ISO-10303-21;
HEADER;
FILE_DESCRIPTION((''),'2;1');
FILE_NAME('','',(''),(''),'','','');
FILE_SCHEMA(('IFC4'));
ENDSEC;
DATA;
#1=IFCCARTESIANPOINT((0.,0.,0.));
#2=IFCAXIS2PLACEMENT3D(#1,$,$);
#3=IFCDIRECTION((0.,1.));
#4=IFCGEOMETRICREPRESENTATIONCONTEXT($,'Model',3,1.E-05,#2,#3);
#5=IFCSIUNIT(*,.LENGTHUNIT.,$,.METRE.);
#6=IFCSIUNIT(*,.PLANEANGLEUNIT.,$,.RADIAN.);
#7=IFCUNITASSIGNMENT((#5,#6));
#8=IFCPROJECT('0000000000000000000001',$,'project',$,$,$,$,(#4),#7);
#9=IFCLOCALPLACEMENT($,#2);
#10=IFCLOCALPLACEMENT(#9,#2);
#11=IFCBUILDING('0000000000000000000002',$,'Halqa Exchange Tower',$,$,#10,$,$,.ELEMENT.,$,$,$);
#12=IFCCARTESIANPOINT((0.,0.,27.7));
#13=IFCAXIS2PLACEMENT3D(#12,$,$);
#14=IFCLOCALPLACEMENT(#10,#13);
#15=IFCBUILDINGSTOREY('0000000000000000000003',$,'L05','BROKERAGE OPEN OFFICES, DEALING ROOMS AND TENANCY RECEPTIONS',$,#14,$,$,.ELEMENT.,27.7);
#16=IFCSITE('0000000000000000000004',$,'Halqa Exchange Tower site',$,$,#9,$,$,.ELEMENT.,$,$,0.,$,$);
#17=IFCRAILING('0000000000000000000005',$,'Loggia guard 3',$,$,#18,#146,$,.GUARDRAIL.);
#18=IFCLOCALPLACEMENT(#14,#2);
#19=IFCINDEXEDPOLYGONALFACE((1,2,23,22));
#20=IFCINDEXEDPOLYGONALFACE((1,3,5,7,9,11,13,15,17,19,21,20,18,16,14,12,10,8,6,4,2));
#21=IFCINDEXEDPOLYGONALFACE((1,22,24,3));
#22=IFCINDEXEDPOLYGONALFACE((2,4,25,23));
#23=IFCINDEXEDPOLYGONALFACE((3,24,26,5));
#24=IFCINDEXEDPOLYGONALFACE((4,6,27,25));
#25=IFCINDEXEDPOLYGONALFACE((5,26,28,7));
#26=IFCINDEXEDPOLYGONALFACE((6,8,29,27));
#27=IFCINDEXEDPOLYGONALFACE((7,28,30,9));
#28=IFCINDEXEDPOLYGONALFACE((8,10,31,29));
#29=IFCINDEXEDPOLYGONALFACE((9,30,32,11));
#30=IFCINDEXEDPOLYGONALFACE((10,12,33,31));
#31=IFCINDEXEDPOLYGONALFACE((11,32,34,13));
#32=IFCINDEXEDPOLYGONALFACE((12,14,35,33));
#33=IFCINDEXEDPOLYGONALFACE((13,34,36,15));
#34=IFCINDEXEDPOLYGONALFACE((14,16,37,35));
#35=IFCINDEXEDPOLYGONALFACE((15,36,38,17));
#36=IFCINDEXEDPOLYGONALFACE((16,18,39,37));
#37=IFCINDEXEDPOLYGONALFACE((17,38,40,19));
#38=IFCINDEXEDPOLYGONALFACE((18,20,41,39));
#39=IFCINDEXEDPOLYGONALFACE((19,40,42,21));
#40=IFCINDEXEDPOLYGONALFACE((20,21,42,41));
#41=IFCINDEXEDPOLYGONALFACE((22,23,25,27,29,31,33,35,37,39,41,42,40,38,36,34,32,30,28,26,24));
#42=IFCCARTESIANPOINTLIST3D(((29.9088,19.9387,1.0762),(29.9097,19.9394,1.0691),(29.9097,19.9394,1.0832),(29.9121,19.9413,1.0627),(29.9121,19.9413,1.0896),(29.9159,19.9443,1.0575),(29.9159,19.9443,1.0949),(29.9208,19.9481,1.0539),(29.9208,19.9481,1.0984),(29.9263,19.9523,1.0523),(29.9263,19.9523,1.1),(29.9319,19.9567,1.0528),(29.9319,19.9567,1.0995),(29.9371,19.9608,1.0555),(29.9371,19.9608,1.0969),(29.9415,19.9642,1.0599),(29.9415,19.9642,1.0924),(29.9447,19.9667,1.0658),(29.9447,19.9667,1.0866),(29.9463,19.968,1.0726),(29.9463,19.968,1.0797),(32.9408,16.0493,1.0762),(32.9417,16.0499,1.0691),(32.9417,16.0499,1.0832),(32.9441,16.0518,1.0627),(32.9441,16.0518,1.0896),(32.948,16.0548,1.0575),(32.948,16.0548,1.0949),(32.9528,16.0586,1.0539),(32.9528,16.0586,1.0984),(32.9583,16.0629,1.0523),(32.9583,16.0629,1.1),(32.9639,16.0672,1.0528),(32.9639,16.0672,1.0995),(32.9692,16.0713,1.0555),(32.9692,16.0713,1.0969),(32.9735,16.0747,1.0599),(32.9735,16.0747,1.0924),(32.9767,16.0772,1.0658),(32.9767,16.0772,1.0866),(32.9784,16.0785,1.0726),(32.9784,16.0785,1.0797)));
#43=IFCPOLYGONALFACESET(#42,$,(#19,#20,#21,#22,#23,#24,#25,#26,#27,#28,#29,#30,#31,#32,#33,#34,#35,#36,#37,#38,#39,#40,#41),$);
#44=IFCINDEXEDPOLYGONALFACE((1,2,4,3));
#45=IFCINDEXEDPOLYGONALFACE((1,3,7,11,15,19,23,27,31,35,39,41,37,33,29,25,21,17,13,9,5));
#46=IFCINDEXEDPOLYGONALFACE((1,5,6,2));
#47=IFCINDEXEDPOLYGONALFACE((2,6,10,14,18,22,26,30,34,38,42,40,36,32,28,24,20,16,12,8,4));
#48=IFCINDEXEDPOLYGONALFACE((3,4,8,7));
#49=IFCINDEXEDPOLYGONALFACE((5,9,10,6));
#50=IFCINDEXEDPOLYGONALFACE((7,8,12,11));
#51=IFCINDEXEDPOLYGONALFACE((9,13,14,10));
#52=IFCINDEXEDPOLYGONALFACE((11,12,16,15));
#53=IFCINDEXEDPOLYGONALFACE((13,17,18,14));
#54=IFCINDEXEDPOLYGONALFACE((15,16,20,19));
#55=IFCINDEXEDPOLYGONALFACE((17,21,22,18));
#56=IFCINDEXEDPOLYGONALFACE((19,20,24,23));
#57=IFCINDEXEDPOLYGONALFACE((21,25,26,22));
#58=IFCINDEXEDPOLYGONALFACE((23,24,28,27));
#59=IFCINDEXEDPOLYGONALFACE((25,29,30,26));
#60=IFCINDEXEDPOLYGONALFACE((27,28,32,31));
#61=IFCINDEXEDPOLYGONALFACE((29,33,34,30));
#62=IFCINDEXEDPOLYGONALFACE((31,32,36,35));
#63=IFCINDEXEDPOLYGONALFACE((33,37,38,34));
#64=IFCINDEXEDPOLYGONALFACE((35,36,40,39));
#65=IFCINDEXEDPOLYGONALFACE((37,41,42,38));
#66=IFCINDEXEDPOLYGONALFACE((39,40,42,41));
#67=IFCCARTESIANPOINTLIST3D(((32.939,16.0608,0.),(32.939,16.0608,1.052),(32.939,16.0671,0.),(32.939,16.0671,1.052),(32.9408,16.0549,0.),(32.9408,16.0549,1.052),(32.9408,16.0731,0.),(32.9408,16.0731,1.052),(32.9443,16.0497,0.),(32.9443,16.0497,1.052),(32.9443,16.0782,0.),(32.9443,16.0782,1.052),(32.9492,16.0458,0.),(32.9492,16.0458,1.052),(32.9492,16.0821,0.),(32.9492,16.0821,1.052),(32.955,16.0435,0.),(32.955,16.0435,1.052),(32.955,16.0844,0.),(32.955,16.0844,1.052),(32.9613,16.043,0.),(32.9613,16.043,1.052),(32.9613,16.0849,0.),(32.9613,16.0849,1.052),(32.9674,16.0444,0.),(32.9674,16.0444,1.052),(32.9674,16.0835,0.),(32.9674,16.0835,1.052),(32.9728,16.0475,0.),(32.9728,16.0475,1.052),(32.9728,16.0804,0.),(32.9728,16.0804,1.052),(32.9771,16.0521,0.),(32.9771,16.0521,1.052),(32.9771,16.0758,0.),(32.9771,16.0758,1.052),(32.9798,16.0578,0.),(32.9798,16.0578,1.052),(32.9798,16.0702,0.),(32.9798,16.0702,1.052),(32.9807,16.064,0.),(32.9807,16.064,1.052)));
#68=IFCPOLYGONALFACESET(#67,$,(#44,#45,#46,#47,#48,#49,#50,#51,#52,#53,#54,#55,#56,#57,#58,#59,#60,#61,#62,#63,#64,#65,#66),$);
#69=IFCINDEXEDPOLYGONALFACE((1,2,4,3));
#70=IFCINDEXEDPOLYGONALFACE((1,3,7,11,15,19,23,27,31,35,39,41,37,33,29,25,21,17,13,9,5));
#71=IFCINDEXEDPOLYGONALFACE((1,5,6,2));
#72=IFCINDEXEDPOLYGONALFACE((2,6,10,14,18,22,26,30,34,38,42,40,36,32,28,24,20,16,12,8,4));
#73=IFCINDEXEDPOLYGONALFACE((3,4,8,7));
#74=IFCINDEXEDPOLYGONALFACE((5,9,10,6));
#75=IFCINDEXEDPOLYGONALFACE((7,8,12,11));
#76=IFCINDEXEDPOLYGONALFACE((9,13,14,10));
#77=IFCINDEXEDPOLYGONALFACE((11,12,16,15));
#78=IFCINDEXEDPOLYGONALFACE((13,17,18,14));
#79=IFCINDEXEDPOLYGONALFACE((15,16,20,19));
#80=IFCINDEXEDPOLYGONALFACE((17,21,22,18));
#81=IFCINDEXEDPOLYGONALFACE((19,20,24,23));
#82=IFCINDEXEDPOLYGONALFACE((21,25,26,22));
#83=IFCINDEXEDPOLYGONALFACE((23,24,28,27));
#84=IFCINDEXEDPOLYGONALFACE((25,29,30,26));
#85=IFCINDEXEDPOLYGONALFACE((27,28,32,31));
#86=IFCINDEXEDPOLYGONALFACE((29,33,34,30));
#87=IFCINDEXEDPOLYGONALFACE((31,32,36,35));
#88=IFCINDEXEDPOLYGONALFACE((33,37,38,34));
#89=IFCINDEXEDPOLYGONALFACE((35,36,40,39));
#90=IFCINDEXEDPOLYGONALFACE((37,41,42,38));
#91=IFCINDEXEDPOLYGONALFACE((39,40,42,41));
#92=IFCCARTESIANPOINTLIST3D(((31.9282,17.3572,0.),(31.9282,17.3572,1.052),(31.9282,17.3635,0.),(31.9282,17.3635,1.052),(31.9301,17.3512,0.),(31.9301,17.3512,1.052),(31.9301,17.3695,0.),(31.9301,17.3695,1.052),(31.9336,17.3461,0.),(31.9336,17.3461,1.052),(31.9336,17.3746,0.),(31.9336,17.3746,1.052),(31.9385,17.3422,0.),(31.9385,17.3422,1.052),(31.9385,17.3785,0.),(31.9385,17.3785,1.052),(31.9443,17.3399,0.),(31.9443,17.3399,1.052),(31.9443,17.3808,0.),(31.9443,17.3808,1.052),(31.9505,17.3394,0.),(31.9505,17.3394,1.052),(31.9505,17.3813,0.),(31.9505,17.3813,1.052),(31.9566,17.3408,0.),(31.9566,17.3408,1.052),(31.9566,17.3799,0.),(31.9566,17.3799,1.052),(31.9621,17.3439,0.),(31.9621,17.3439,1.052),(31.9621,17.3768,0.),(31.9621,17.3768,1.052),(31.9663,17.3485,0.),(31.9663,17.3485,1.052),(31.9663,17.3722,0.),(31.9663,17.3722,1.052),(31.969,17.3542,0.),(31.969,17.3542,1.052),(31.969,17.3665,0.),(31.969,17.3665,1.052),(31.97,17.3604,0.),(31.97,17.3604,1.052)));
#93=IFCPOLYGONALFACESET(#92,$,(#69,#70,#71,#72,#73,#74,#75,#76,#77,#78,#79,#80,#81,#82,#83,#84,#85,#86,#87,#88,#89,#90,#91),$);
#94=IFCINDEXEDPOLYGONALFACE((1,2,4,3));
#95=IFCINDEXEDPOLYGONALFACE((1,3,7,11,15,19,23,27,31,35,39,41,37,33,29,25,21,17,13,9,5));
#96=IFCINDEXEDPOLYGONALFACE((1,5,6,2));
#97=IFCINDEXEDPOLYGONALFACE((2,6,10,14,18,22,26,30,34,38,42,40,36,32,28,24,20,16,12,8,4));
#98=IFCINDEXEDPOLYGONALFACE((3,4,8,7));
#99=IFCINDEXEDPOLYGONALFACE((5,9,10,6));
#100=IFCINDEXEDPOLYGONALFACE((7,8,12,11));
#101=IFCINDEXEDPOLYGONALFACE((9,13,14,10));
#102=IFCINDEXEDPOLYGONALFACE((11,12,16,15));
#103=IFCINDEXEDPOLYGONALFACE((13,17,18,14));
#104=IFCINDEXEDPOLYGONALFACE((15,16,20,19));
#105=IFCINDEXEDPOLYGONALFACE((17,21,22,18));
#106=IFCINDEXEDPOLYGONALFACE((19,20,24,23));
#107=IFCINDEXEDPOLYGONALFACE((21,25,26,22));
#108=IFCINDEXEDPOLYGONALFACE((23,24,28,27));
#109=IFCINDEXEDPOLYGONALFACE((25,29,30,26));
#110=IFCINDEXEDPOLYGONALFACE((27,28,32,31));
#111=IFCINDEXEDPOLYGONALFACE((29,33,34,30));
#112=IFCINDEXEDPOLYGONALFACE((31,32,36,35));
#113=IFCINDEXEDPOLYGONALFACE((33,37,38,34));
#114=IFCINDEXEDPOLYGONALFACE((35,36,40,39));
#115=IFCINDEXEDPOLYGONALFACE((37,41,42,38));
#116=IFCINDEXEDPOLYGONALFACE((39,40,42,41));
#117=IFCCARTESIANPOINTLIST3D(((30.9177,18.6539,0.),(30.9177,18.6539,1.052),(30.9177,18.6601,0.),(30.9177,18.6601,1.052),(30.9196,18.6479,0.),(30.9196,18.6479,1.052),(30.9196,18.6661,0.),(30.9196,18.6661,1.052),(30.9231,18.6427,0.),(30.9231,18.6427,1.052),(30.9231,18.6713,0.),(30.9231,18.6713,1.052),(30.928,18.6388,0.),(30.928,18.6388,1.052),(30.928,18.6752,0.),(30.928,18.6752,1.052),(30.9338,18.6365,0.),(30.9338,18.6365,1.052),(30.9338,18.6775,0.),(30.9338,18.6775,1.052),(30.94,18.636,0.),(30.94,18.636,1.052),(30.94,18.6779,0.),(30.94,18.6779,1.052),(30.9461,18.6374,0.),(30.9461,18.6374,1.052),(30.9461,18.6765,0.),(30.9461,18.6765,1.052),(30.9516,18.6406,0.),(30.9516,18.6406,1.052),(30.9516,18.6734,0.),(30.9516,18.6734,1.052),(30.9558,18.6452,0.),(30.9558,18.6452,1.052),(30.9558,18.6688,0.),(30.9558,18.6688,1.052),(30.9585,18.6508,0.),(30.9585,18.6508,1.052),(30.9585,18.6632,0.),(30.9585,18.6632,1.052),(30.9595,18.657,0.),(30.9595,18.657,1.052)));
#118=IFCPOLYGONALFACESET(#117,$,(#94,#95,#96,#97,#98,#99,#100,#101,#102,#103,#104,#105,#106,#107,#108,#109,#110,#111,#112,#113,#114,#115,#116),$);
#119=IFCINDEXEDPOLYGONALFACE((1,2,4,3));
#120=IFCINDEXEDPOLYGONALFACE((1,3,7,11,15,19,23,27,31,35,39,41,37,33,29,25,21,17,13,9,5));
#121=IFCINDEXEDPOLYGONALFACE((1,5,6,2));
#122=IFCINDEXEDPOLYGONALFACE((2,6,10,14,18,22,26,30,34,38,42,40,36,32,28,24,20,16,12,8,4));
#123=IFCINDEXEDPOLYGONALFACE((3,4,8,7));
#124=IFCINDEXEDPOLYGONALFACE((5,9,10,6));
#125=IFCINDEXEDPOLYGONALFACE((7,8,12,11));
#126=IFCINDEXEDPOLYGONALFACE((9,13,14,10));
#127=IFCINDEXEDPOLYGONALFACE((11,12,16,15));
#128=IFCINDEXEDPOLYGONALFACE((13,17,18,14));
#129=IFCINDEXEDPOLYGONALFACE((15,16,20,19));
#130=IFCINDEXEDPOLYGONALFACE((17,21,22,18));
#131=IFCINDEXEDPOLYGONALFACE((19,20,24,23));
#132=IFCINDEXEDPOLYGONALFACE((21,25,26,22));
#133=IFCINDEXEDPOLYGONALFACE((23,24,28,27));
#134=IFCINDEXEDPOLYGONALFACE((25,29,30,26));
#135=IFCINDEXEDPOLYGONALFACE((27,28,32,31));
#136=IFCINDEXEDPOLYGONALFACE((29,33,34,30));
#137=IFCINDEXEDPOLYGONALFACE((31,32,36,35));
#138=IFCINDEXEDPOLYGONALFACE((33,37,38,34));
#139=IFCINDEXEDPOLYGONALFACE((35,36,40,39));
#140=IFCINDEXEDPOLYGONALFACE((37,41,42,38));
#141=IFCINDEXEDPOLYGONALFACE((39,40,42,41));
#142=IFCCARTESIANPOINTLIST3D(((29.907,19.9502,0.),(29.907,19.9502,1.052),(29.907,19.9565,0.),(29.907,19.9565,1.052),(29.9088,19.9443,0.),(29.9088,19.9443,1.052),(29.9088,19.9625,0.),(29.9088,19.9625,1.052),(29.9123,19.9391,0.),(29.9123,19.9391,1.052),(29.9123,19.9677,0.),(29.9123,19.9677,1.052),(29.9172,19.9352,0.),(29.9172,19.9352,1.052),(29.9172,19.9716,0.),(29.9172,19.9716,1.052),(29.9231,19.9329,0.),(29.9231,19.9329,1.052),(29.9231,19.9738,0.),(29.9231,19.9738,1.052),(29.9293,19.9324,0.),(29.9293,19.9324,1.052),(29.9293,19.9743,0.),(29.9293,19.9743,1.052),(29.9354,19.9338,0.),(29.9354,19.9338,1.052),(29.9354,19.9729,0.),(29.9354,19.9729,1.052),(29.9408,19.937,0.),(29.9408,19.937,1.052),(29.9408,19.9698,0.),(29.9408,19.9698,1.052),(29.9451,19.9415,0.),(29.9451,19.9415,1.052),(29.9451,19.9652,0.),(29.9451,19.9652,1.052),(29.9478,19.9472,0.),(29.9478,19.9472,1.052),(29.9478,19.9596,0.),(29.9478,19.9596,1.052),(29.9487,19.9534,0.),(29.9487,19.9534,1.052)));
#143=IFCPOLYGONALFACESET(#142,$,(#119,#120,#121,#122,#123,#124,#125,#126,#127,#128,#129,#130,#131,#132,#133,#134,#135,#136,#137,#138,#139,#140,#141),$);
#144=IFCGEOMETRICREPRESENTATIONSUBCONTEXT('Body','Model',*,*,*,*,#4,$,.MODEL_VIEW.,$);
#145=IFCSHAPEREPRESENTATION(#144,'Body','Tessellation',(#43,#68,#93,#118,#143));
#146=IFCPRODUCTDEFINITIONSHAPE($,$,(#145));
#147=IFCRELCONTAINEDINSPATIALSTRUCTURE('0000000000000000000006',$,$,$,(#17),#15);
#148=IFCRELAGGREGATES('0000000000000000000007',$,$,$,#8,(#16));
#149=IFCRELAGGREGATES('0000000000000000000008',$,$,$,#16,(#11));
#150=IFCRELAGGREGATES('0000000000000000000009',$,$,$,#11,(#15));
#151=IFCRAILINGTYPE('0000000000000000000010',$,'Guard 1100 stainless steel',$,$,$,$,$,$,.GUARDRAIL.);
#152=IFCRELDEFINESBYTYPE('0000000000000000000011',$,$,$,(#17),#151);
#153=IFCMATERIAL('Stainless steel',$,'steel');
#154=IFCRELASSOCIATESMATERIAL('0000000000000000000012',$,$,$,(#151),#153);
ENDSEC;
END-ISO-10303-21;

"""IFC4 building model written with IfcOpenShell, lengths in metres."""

from ifc_helpers import new_model, si_unit, direction, frame, origin, origin_2d, place, context, subcontext, project, spatial, circle, extrude, material, type_object, element, save


model = new_model("IFC4")

# Units and contexts
model_context = context("Model", 3, precision=1e-05, world=origin(), true_north=direction((0.0, 1.0)))
body_context = subcontext(model_context, "Body", "Model", "MODEL_VIEW")
ifc_project = project(units=[si_unit("LENGTHUNIT", "METRE"), si_unit("PLANEANGLEUNIT", "RADIAN")], contexts=[model_context])

# Site, building, storey
site_placement = place(None, origin())
site = spatial("IfcSite", under=ifc_project, at=site_placement, Name="Halqa Exchange Tower site", CompositionType="ELEMENT", RefElevation=0.0)
building_placement = place(site_placement, origin())
building = spatial("IfcBuilding", under=site, at=building_placement, Name="Halqa Exchange Tower", CompositionType="ELEMENT")
storey_placement = place(building_placement, frame((0.0, 0.0, 27.7)))
storey = spatial("IfcBuildingStorey", under=building, at=storey_placement, Name="L05", Description="BROKERAGE OPEN OFFICES, DEALING ROOMS AND TENANCY RECEPTIONS", CompositionType="ELEMENT", Elevation=27.7)

# Railing
ifc_material_1 = material(Name="Stainless steel", Category="steel")
railing_type = type_object("IfcRailingType", Name="Guard 1100 stainless steel", PredefinedType="GUARDRAIL", material=ifc_material_1)
railing_1_placement = place(storey_placement, frame((32.9597, 16.064, 0.0)))
element("IfcRailing", 1, at=railing_1_placement, inside=storey, type_object=railing_type, Name="Loggia guard 3", PredefinedType="GUARDRAIL", context=body_context, shape_type="SweptSolid", body=[
    extrude(circle(Radius=0.0239, at=origin_2d()), frame((0.0, 0.0, 1.0762), z_axis=(-0.614811, 0.788675, 0.0), x_axis=(-0.788675, -0.614811, 0.0)), (0.0, 0.0, 1.0), 4.9316),
    extrude(circle(Radius=0.021, at=origin_2d()), origin(), (0.0, 0.0, 1.0), 1.052),
    extrude(circle(Radius=0.021, at=origin_2d()), frame((-1.0107, 1.2964, 0.0)), (0.0, 0.0, 1.0), 1.052),
    extrude(circle(Radius=0.021, at=origin_2d()), frame((-2.0212, 2.593, 0.0)), (0.0, 0.0, 1.0), 1.052),
    extrude(circle(Radius=0.021, at=origin_2d()), frame((-3.032, 3.8894, 0.0)), (0.0, 0.0, 1.0), 1.052),
])

save(model, "model.ifc")
